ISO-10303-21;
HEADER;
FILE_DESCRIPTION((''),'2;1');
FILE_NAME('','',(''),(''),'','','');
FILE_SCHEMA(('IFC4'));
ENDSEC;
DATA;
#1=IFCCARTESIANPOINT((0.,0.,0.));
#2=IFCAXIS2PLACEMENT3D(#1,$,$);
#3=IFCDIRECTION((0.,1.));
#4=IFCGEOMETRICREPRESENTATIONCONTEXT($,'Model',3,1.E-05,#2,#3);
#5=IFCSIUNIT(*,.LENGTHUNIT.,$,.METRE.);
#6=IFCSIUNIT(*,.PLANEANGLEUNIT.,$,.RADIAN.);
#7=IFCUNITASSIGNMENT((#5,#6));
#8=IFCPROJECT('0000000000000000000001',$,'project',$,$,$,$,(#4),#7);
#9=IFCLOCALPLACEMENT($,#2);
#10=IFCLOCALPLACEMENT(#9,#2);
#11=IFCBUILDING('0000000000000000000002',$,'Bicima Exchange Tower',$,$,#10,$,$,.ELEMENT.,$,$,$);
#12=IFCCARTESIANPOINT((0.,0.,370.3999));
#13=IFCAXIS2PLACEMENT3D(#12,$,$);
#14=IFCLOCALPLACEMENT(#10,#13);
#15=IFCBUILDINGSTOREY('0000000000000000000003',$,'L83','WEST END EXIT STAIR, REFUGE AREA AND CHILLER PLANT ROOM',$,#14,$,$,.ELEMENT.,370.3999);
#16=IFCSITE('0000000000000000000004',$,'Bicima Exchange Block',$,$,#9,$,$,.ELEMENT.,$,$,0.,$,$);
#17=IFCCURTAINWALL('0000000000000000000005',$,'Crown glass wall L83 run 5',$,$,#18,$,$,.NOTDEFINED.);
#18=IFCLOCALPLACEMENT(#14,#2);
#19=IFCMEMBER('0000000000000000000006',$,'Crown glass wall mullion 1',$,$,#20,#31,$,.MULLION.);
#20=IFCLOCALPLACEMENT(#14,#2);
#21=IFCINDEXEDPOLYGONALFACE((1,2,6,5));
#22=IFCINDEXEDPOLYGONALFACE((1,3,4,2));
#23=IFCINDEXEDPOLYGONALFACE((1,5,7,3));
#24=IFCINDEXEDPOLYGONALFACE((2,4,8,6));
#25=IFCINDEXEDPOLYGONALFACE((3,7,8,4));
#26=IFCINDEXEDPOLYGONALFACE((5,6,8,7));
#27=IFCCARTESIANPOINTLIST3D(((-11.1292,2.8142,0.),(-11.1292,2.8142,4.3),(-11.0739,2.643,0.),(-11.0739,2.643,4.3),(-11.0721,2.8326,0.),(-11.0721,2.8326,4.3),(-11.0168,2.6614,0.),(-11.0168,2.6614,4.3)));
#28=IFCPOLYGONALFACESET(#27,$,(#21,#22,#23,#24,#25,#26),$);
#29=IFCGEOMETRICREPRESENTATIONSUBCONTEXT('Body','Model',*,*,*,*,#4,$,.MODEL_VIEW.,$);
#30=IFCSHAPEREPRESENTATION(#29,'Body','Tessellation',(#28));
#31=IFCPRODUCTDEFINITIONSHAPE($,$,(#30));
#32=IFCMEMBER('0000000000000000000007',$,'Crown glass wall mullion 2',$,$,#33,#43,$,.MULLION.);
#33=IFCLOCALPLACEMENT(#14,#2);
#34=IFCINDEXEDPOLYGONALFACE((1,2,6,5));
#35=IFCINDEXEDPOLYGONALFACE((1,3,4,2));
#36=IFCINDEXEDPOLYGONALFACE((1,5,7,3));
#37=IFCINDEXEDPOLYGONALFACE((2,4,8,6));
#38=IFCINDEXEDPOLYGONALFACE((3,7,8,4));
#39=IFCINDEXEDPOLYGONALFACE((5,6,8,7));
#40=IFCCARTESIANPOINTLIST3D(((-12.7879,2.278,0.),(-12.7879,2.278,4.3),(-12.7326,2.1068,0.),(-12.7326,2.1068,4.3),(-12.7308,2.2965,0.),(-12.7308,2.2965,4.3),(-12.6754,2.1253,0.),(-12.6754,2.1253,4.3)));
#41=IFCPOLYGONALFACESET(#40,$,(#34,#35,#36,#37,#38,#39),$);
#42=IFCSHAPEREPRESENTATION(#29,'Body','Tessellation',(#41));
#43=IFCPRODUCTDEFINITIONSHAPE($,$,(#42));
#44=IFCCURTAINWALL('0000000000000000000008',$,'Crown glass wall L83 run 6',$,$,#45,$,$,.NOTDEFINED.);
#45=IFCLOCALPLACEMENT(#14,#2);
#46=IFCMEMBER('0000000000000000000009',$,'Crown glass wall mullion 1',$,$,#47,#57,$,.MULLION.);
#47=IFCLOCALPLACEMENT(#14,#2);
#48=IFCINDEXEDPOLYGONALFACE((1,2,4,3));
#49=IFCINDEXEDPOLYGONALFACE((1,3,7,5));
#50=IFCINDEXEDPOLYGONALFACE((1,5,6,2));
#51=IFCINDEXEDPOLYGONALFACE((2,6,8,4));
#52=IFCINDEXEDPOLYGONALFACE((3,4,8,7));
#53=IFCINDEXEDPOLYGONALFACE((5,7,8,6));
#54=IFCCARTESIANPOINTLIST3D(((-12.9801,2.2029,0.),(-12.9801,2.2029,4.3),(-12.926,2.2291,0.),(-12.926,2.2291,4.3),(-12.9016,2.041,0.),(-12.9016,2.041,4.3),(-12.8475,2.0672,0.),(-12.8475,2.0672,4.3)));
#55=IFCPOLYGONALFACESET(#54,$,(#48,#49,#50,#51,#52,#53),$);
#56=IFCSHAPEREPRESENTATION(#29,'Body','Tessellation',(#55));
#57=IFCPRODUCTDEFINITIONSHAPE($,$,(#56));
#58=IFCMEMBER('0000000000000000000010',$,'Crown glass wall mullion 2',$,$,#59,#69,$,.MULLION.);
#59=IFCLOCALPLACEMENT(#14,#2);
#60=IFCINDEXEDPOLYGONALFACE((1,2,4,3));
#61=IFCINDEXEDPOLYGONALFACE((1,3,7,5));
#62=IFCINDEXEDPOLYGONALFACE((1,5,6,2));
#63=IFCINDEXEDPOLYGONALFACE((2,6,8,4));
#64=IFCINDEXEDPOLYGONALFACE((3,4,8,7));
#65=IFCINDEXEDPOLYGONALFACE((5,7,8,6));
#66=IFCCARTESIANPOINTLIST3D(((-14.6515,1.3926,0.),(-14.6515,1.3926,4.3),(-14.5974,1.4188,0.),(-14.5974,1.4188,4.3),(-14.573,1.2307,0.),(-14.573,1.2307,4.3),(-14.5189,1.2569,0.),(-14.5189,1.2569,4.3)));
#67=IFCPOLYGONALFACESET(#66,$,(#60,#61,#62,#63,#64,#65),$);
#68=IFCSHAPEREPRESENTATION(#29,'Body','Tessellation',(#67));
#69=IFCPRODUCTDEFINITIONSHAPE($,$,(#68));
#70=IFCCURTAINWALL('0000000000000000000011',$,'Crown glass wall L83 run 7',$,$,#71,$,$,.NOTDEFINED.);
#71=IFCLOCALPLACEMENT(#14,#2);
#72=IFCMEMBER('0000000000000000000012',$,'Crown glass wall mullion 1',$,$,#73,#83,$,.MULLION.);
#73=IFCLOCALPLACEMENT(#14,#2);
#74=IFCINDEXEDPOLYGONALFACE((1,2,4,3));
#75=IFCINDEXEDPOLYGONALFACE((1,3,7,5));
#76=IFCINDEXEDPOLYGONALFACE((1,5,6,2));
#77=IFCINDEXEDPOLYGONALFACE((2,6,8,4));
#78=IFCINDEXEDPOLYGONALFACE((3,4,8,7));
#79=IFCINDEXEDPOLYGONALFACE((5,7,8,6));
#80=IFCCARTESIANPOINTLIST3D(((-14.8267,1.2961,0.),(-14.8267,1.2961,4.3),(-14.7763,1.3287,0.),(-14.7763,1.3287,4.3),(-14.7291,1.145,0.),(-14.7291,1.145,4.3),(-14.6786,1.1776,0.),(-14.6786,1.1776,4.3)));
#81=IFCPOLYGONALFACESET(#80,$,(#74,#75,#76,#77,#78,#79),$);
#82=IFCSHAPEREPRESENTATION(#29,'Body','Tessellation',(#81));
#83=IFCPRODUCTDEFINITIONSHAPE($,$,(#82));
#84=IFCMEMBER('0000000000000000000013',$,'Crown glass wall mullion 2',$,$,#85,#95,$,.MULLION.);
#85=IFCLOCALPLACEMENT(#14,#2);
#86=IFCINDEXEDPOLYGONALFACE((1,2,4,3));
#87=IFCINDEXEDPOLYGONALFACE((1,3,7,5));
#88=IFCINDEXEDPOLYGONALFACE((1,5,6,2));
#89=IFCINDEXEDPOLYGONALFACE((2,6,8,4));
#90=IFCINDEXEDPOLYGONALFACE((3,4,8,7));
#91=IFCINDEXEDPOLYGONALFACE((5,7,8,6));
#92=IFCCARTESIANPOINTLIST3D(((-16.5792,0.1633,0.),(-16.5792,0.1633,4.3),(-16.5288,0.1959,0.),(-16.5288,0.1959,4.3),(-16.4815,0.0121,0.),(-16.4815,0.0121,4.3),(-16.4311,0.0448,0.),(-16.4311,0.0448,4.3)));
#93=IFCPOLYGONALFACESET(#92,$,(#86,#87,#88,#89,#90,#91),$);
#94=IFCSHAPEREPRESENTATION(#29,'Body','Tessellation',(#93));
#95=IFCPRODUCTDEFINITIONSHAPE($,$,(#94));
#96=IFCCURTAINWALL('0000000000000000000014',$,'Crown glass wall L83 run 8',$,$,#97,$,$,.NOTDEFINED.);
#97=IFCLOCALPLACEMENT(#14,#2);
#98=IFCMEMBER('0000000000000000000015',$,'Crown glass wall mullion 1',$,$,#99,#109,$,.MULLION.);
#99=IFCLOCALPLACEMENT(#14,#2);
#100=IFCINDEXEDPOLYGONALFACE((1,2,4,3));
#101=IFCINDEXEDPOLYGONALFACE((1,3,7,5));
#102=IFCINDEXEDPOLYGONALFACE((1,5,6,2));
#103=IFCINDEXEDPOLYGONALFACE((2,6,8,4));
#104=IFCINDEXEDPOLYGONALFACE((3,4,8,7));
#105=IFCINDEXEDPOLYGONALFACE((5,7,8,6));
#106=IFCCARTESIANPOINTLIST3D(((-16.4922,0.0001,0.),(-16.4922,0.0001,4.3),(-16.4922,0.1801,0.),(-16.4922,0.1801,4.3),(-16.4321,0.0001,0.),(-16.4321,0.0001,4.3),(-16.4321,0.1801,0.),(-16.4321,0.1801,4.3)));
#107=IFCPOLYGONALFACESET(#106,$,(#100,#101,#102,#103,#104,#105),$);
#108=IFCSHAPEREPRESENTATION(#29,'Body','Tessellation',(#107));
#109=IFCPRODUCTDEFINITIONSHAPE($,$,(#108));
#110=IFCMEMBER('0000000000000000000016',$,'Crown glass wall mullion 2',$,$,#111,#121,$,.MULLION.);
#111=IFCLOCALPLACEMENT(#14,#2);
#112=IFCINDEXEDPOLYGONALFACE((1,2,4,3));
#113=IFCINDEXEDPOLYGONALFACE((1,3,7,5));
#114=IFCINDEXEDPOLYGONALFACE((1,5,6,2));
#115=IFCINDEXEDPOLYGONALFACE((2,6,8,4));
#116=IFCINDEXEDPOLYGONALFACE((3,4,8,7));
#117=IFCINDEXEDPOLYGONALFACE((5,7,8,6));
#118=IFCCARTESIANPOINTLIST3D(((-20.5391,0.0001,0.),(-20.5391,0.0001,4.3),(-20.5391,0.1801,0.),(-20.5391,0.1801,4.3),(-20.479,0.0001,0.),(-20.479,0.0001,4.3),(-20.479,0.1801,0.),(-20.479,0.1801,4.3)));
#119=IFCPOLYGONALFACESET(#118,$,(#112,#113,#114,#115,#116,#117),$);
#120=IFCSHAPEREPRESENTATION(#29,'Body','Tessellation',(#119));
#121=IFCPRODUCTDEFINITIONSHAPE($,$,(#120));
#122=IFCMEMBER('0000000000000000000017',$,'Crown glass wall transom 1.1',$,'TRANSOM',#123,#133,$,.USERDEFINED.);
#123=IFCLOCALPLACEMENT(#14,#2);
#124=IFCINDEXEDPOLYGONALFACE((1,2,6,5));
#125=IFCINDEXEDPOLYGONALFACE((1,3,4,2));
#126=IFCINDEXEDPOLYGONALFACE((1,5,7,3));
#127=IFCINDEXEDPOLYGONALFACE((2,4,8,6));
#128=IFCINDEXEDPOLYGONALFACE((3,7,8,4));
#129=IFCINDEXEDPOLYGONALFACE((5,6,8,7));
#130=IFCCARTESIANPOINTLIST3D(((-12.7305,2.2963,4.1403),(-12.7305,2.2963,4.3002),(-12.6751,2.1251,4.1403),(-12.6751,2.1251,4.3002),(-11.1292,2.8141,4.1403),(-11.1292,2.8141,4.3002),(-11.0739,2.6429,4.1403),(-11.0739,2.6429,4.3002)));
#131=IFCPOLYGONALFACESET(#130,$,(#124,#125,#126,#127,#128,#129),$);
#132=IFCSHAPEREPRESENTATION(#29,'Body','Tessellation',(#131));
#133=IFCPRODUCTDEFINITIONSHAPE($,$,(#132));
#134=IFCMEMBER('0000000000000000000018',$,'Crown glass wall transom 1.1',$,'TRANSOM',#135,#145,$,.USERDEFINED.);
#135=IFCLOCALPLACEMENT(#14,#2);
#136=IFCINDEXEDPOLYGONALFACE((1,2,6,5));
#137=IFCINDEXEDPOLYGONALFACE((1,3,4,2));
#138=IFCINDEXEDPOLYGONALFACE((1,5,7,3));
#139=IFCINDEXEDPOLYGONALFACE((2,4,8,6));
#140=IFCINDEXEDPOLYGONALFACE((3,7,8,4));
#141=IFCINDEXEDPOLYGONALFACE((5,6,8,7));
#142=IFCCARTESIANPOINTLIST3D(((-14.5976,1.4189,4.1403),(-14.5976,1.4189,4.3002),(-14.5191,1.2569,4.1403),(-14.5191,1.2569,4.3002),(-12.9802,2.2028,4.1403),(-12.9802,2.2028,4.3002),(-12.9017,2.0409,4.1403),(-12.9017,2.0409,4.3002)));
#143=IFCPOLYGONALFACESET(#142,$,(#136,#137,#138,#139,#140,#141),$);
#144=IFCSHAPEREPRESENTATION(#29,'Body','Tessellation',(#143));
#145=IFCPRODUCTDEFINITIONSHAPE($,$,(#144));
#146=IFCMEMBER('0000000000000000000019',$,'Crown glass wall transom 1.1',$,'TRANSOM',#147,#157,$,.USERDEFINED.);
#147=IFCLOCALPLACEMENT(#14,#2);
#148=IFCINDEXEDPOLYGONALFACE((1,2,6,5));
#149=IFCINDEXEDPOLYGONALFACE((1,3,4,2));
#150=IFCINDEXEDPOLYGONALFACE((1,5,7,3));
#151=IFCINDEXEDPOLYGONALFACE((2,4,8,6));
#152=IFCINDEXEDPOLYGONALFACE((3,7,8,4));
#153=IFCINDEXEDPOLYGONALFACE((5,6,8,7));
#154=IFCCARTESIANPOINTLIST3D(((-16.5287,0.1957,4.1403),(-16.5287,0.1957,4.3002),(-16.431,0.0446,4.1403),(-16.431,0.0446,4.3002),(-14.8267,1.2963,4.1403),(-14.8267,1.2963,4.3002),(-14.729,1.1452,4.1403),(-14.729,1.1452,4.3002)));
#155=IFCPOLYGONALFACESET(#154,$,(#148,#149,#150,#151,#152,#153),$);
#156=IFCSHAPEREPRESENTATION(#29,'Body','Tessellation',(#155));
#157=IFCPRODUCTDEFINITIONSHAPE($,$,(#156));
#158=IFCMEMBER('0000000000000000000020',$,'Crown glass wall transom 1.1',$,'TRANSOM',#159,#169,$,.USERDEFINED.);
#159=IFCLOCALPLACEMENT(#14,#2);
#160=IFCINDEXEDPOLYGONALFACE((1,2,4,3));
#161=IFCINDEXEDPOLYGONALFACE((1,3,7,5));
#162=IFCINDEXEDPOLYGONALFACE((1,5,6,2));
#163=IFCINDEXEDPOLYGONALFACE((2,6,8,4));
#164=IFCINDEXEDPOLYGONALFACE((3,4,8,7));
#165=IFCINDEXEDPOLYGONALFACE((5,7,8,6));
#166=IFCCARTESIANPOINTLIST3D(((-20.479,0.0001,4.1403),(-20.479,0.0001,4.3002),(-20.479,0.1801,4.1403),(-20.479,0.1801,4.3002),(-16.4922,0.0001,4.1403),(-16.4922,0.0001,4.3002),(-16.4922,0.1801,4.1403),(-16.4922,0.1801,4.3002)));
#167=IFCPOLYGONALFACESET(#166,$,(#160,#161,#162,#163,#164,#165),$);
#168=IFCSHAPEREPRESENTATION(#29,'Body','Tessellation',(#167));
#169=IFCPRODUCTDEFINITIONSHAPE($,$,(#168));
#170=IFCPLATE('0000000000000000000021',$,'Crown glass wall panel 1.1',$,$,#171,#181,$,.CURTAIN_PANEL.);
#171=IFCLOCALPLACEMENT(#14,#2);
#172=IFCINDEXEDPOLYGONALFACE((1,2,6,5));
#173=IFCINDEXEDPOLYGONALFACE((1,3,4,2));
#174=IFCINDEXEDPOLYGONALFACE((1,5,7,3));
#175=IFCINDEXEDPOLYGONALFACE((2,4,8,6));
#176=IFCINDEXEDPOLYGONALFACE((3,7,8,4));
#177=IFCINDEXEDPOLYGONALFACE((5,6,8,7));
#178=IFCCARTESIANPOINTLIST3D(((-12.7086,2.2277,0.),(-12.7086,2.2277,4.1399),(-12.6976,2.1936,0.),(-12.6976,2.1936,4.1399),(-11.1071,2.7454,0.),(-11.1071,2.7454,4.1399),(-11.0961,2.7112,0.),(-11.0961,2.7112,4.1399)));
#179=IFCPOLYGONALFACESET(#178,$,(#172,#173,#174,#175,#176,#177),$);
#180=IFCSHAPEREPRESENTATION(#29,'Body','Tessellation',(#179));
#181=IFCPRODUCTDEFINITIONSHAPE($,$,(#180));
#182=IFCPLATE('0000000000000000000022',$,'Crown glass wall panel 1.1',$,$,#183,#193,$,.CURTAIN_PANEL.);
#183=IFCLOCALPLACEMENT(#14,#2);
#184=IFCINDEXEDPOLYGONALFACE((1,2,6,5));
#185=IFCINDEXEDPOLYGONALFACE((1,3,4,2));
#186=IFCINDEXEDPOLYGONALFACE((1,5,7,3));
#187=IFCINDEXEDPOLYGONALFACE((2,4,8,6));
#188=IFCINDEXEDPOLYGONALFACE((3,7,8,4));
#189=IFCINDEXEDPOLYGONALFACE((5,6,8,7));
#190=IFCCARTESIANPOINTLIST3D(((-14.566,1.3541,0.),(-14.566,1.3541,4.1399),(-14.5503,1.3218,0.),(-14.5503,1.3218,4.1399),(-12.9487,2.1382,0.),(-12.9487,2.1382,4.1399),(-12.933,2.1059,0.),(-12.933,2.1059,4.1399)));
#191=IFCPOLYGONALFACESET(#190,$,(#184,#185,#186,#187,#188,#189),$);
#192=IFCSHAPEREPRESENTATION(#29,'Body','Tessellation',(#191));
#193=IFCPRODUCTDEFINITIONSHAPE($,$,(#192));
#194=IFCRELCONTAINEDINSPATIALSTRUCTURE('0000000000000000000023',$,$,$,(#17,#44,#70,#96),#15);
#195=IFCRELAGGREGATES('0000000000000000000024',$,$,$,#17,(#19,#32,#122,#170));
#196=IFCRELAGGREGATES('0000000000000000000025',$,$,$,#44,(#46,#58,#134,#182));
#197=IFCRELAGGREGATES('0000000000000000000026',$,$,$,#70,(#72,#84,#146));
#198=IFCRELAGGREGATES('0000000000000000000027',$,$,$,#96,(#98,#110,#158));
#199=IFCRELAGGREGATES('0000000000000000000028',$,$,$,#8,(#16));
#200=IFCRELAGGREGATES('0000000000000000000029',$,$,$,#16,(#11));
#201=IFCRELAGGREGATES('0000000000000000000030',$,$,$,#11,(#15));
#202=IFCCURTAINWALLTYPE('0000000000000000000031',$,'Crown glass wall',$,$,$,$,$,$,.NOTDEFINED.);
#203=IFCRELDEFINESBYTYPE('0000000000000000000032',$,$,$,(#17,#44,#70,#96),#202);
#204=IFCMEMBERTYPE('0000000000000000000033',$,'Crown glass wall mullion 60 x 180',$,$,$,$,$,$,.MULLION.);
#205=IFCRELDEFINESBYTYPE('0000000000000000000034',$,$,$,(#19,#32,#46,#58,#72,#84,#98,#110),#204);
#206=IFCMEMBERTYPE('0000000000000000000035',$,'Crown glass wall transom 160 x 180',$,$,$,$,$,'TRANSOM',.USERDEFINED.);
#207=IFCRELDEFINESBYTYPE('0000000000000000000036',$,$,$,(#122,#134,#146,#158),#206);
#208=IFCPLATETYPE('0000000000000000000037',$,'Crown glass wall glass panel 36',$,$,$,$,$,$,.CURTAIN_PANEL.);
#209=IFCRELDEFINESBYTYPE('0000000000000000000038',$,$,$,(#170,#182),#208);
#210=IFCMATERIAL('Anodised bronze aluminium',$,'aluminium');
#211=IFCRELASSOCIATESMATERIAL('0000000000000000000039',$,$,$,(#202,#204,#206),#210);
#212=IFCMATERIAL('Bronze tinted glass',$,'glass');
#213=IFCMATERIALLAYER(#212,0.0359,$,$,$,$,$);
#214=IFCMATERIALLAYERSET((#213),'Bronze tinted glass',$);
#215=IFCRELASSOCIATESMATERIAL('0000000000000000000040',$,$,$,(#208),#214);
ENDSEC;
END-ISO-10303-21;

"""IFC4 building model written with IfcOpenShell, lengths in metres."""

from ifc_helpers import new_model, si_unit, direction, frame, origin, origin_2d, place, context, subcontext, project, spatial, rectangle, extrude, material, layer, layer_set, material_profile, profile_set, type_object, element, aggregate, save


model = new_model("IFC4")

# Units and contexts
model_context = context("Model", 3, precision=1e-05, world=origin(), true_north=direction((0.0, 1.0)))
body_context = subcontext(model_context, "Body", "Model", "MODEL_VIEW")
ifc_project = project(units=[si_unit("LENGTHUNIT", "METRE"), si_unit("PLANEANGLEUNIT", "RADIAN")], contexts=[model_context])

# Site, building, storey
site_placement = place(None, origin())
site = spatial("IfcSite", under=ifc_project, at=site_placement, Name="Bicima Exchange Block", CompositionType="ELEMENT", RefElevation=0.0)
building_placement = place(site_placement, origin())
building = spatial("IfcBuilding", under=site, at=building_placement, Name="Bicima Exchange Tower", CompositionType="ELEMENT")
storey_placement = place(building_placement, frame((0.0, 0.0, 370.3999)))
storey = spatial("IfcBuildingStorey", under=building, at=storey_placement, Name="L83", Description="WEST END EXIT STAIR, REFUGE AREA AND CHILLER PLANT ROOM", CompositionType="ELEMENT", Elevation=370.3999)

# Curtain walls, members
ifc_material_1 = material(Name="Anodised bronze aluminium", Category="aluminium")
curtain_wall_type = type_object("IfcCurtainWallType", Name="Crown glass wall", PredefinedType="NOTDEFINED", material=ifc_material_1)
curtain_wall_1_placement = place(storey_placement, origin())
curtain_wall_1 = element("IfcCurtainWall", 1, at=curtain_wall_1_placement, inside=storey, type_object=curtain_wall_type, Name="Crown glass wall L83 run 5", PredefinedType="NOTDEFINED")
ifc_material_profile_1 = material_profile(ifc_material_1, rectangle(XDim=0.1799, YDim=0.0601, at=origin_2d()))
ifc_profile_set_1 = profile_set([ifc_material_profile_1], Name="Anodised bronze aluminium")
member_type_1 = type_object("IfcMemberType", Name="Crown glass wall mullion 60 x 180", PredefinedType="MULLION", material=ifc_profile_set_1)
member_1_placement = place(storey_placement, frame((-11.073, 2.7378, 0.0), z_axis=(0.0, 0.0, 1.0), x_axis=(0.307573, -0.951525, 0.0)))
member_1 = element("IfcMember", 2, at=member_1_placement, type_object=member_type_1, Name="Crown glass wall mullion 1", PredefinedType="MULLION", context=body_context, shape_type="SweptSolid", body=[
    extrude(rectangle(XDim=0.1799, YDim=0.0601, at=origin_2d()), origin(), (0.0, 0.0, 1.0), 4.3),
])
member_2_placement = place(storey_placement, frame((-12.7317, 2.2017, 0.0), z_axis=(0.0, 0.0, 1.0), x_axis=(0.307573, -0.951525, 0.0)))
member_2 = element("IfcMember", 3, at=member_2_placement, type_object=member_type_1, Name="Crown glass wall mullion 2", PredefinedType="MULLION", context=body_context, shape_type="SweptSolid", body=[
    extrude(rectangle(XDim=0.1799, YDim=0.0601, at=origin_2d()), origin(), (0.0, 0.0, 1.0), 4.3),
])
curtain_wall_2_placement = place(storey_placement, origin())
curtain_wall_2 = element("IfcCurtainWall", 4, at=curtain_wall_2_placement, inside=storey, type_object=curtain_wall_type, Name="Crown glass wall L83 run 6", PredefinedType="NOTDEFINED")
member_3_placement = place(storey_placement, frame((-12.9138, 2.135, 0.0), z_axis=(0.0, 0.0, 1.0), x_axis=(0.436265, -0.899818, 0.0)))
member_3 = element("IfcMember", 5, at=member_3_placement, type_object=member_type_1, Name="Crown glass wall mullion 1", PredefinedType="MULLION", context=body_context, shape_type="SweptSolid", body=[
    extrude(rectangle(XDim=0.1799, YDim=0.0601, at=origin_2d()), origin(), (0.0, 0.0, 1.0), 4.3),
])
member_4_placement = place(storey_placement, frame((-14.5852, 1.3247, 0.0), z_axis=(0.0, 0.0, 1.0), x_axis=(0.436265, -0.899818, 0.0)))
member_4 = element("IfcMember", 6, at=member_4_placement, type_object=member_type_1, Name="Crown glass wall mullion 2", PredefinedType="MULLION", context=body_context, shape_type="SweptSolid", body=[
    extrude(rectangle(XDim=0.1799, YDim=0.0601, at=origin_2d()), origin(), (0.0, 0.0, 1.0), 4.3),
])
curtain_wall_3_placement = place(storey_placement, origin())
curtain_wall_3 = element("IfcCurtainWall", 7, at=curtain_wall_3_placement, inside=storey, type_object=curtain_wall_type, Name="Crown glass wall L83 run 7", PredefinedType="NOTDEFINED")
member_5_placement = place(storey_placement, frame((-14.7527, 1.2368, 0.0), z_axis=(0.0, 0.0, 1.0), x_axis=(0.542911, -0.83979, 0.0)))
member_5 = element("IfcMember", 8, at=member_5_placement, type_object=member_type_1, Name="Crown glass wall mullion 1", PredefinedType="MULLION", context=body_context, shape_type="SweptSolid", body=[
    extrude(rectangle(XDim=0.1799, YDim=0.0601, at=origin_2d()), origin(), (0.0, 0.0, 1.0), 4.3),
])
member_6_placement = place(storey_placement, frame((-16.5051, 0.104, 0.0), z_axis=(0.0, 0.0, 1.0), x_axis=(0.542911, -0.83979, 0.0)))
member_6 = element("IfcMember", 9, at=member_6_placement, type_object=member_type_1, Name="Crown glass wall mullion 2", PredefinedType="MULLION", context=body_context, shape_type="SweptSolid", body=[
    extrude(rectangle(XDim=0.1799, YDim=0.0601, at=origin_2d()), origin(), (0.0, 0.0, 1.0), 4.3),
])
curtain_wall_4_placement = place(storey_placement, origin())
curtain_wall_4 = element("IfcCurtainWall", 10, at=curtain_wall_4_placement, inside=storey, type_object=curtain_wall_type, Name="Crown glass wall L83 run 8", PredefinedType="NOTDEFINED")
member_7_placement = place(storey_placement, frame((-16.4622, 0.0901, 0.0), z_axis=(0.0, 0.0, 1.0), x_axis=(0.0, -1.0, 0.0)))
member_7 = element("IfcMember", 11, at=member_7_placement, type_object=member_type_1, Name="Crown glass wall mullion 1", PredefinedType="MULLION", context=body_context, shape_type="SweptSolid", body=[
    extrude(rectangle(XDim=0.1799, YDim=0.0601, at=origin_2d()), origin(), (0.0, 0.0, 1.0), 4.3),
])
member_8_placement = place(storey_placement, frame((-20.509, 0.0901, 0.0), z_axis=(0.0, 0.0, 1.0), x_axis=(0.0, -1.0, 0.0)))
member_8 = element("IfcMember", 12, at=member_8_placement, type_object=member_type_1, Name="Crown glass wall mullion 2", PredefinedType="MULLION", context=body_context, shape_type="SweptSolid", body=[
    extrude(rectangle(XDim=0.1799, YDim=0.0601, at=origin_2d()), origin(), (0.0, 0.0, 1.0), 4.3),
])

# Members
ifc_material_profile_2 = material_profile(ifc_material_1, rectangle(XDim=0.1799, YDim=0.1599, at=origin_2d()))
ifc_profile_set_2 = profile_set([ifc_material_profile_2], Name="Anodised bronze aluminium")
member_type_2 = type_object("IfcMemberType", Name="Crown glass wall transom 160 x 180", ElementType="TRANSOM", PredefinedType="USERDEFINED", material=ifc_profile_set_2)
member_9_placement = place(storey_placement, frame((-11.1016, 2.7285, 4.2202), z_axis=(-0.951488, -0.307685, 0.0), x_axis=(0.307685, -0.951488, 0.0)))
member_9 = element("IfcMember", 13, at=member_9_placement, type_object=member_type_2, Name="Crown glass wall transom 1.1", ObjectType="TRANSOM", PredefinedType="USERDEFINED", context=body_context, shape_type="SweptSolid", body=[
    extrude(rectangle(XDim=0.1799, YDim=0.1599, at=origin_2d()), origin(), (0.0, 0.0, 1.0), 1.6829),
])
member_10_placement = place(storey_placement, frame((-12.9409, 2.1218, 4.2202), z_axis=(-0.899874, -0.43615, 0.0), x_axis=(0.43615, -0.899874, 0.0)))
member_10 = element("IfcMember", 14, at=member_10_placement, type_object=member_type_2, Name="Crown glass wall transom 1.1", ObjectType="TRANSOM", PredefinedType="USERDEFINED", context=body_context, shape_type="SweptSolid", body=[
    extrude(rectangle(XDim=0.1799, YDim=0.1599, at=origin_2d()), origin(), (0.0, 0.0, 1.0), 1.7974),
])
member_11_placement = place(storey_placement, frame((-14.7778, 1.2207, 4.2202), z_axis=(-0.839751, -0.542972, 0.0), x_axis=(0.542972, -0.839751, 0.0)))
member_11 = element("IfcMember", 15, at=member_11_placement, type_object=member_type_2, Name="Crown glass wall transom 1.1", ObjectType="TRANSOM", PredefinedType="USERDEFINED", context=body_context, shape_type="SweptSolid", body=[
    extrude(rectangle(XDim=0.1799, YDim=0.1599, at=origin_2d()), origin(), (0.0, 0.0, 1.0), 2.0269),
])
member_12_placement = place(storey_placement, frame((-16.4922, 0.0901, 4.2202), z_axis=(-1.0, 0.0, 0.0), x_axis=(0.0, -1.0, 0.0)))
member_12 = element("IfcMember", 16, at=member_12_placement, type_object=member_type_2, Name="Crown glass wall transom 1.1", ObjectType="TRANSOM", PredefinedType="USERDEFINED", context=body_context, shape_type="SweptSolid", body=[
    extrude(rectangle(XDim=0.1799, YDim=0.1599, at=origin_2d()), origin(), (0.0, 0.0, 1.0), 3.9868),
])

# Plates
ifc_material_2 = material(Name="Bronze tinted glass", Category="glass")
ifc_layer_1 = layer(ifc_material_2, 0.0359)
ifc_layer_set_1 = layer_set([ifc_layer_1], Name="Bronze tinted glass")
plate_type = type_object("IfcPlateType", Name="Crown glass wall glass panel 36", PredefinedType="CURTAIN_PANEL", material=ifc_layer_set_1)
plate_1_placement = place(storey_placement, frame((-11.9023, 2.4695, 0.0), z_axis=(0.0, 0.0, 1.0), x_axis=(-0.951525, -0.307573, 0.0)))
plate_1 = element("IfcPlate", 17, at=plate_1_placement, type_object=plate_type, Name="Crown glass wall panel 1.1", PredefinedType="CURTAIN_PANEL", context=body_context, shape_type="SweptSolid", body=[
    extrude(rectangle(XDim=1.6831, YDim=0.0359, at=origin_2d()), origin(), (0.0, 0.0, 1.0), 4.1399),
])
aggregate(curtain_wall_1, [member_1, member_2, member_9, plate_1])
plate_2_placement = place(storey_placement, frame((-13.7495, 1.73, 0.0), z_axis=(0.0, 0.0, 1.0), x_axis=(-0.899818, -0.436265, 0.0)))
plate_2 = element("IfcPlate", 18, at=plate_2_placement, type_object=plate_type, Name="Crown glass wall panel 1.1", PredefinedType="CURTAIN_PANEL", context=body_context, shape_type="SweptSolid", body=[
    extrude(rectangle(XDim=1.7974, YDim=0.0359, at=origin_2d()), origin(), (0.0, 0.0, 1.0), 4.1399),
])
aggregate(curtain_wall_2, [member_3, member_4, member_10, plate_2])
aggregate(curtain_wall_3, [member_5, member_6, member_11])
aggregate(curtain_wall_4, [member_7, member_8, member_12])

save(model, "model.ifc")
